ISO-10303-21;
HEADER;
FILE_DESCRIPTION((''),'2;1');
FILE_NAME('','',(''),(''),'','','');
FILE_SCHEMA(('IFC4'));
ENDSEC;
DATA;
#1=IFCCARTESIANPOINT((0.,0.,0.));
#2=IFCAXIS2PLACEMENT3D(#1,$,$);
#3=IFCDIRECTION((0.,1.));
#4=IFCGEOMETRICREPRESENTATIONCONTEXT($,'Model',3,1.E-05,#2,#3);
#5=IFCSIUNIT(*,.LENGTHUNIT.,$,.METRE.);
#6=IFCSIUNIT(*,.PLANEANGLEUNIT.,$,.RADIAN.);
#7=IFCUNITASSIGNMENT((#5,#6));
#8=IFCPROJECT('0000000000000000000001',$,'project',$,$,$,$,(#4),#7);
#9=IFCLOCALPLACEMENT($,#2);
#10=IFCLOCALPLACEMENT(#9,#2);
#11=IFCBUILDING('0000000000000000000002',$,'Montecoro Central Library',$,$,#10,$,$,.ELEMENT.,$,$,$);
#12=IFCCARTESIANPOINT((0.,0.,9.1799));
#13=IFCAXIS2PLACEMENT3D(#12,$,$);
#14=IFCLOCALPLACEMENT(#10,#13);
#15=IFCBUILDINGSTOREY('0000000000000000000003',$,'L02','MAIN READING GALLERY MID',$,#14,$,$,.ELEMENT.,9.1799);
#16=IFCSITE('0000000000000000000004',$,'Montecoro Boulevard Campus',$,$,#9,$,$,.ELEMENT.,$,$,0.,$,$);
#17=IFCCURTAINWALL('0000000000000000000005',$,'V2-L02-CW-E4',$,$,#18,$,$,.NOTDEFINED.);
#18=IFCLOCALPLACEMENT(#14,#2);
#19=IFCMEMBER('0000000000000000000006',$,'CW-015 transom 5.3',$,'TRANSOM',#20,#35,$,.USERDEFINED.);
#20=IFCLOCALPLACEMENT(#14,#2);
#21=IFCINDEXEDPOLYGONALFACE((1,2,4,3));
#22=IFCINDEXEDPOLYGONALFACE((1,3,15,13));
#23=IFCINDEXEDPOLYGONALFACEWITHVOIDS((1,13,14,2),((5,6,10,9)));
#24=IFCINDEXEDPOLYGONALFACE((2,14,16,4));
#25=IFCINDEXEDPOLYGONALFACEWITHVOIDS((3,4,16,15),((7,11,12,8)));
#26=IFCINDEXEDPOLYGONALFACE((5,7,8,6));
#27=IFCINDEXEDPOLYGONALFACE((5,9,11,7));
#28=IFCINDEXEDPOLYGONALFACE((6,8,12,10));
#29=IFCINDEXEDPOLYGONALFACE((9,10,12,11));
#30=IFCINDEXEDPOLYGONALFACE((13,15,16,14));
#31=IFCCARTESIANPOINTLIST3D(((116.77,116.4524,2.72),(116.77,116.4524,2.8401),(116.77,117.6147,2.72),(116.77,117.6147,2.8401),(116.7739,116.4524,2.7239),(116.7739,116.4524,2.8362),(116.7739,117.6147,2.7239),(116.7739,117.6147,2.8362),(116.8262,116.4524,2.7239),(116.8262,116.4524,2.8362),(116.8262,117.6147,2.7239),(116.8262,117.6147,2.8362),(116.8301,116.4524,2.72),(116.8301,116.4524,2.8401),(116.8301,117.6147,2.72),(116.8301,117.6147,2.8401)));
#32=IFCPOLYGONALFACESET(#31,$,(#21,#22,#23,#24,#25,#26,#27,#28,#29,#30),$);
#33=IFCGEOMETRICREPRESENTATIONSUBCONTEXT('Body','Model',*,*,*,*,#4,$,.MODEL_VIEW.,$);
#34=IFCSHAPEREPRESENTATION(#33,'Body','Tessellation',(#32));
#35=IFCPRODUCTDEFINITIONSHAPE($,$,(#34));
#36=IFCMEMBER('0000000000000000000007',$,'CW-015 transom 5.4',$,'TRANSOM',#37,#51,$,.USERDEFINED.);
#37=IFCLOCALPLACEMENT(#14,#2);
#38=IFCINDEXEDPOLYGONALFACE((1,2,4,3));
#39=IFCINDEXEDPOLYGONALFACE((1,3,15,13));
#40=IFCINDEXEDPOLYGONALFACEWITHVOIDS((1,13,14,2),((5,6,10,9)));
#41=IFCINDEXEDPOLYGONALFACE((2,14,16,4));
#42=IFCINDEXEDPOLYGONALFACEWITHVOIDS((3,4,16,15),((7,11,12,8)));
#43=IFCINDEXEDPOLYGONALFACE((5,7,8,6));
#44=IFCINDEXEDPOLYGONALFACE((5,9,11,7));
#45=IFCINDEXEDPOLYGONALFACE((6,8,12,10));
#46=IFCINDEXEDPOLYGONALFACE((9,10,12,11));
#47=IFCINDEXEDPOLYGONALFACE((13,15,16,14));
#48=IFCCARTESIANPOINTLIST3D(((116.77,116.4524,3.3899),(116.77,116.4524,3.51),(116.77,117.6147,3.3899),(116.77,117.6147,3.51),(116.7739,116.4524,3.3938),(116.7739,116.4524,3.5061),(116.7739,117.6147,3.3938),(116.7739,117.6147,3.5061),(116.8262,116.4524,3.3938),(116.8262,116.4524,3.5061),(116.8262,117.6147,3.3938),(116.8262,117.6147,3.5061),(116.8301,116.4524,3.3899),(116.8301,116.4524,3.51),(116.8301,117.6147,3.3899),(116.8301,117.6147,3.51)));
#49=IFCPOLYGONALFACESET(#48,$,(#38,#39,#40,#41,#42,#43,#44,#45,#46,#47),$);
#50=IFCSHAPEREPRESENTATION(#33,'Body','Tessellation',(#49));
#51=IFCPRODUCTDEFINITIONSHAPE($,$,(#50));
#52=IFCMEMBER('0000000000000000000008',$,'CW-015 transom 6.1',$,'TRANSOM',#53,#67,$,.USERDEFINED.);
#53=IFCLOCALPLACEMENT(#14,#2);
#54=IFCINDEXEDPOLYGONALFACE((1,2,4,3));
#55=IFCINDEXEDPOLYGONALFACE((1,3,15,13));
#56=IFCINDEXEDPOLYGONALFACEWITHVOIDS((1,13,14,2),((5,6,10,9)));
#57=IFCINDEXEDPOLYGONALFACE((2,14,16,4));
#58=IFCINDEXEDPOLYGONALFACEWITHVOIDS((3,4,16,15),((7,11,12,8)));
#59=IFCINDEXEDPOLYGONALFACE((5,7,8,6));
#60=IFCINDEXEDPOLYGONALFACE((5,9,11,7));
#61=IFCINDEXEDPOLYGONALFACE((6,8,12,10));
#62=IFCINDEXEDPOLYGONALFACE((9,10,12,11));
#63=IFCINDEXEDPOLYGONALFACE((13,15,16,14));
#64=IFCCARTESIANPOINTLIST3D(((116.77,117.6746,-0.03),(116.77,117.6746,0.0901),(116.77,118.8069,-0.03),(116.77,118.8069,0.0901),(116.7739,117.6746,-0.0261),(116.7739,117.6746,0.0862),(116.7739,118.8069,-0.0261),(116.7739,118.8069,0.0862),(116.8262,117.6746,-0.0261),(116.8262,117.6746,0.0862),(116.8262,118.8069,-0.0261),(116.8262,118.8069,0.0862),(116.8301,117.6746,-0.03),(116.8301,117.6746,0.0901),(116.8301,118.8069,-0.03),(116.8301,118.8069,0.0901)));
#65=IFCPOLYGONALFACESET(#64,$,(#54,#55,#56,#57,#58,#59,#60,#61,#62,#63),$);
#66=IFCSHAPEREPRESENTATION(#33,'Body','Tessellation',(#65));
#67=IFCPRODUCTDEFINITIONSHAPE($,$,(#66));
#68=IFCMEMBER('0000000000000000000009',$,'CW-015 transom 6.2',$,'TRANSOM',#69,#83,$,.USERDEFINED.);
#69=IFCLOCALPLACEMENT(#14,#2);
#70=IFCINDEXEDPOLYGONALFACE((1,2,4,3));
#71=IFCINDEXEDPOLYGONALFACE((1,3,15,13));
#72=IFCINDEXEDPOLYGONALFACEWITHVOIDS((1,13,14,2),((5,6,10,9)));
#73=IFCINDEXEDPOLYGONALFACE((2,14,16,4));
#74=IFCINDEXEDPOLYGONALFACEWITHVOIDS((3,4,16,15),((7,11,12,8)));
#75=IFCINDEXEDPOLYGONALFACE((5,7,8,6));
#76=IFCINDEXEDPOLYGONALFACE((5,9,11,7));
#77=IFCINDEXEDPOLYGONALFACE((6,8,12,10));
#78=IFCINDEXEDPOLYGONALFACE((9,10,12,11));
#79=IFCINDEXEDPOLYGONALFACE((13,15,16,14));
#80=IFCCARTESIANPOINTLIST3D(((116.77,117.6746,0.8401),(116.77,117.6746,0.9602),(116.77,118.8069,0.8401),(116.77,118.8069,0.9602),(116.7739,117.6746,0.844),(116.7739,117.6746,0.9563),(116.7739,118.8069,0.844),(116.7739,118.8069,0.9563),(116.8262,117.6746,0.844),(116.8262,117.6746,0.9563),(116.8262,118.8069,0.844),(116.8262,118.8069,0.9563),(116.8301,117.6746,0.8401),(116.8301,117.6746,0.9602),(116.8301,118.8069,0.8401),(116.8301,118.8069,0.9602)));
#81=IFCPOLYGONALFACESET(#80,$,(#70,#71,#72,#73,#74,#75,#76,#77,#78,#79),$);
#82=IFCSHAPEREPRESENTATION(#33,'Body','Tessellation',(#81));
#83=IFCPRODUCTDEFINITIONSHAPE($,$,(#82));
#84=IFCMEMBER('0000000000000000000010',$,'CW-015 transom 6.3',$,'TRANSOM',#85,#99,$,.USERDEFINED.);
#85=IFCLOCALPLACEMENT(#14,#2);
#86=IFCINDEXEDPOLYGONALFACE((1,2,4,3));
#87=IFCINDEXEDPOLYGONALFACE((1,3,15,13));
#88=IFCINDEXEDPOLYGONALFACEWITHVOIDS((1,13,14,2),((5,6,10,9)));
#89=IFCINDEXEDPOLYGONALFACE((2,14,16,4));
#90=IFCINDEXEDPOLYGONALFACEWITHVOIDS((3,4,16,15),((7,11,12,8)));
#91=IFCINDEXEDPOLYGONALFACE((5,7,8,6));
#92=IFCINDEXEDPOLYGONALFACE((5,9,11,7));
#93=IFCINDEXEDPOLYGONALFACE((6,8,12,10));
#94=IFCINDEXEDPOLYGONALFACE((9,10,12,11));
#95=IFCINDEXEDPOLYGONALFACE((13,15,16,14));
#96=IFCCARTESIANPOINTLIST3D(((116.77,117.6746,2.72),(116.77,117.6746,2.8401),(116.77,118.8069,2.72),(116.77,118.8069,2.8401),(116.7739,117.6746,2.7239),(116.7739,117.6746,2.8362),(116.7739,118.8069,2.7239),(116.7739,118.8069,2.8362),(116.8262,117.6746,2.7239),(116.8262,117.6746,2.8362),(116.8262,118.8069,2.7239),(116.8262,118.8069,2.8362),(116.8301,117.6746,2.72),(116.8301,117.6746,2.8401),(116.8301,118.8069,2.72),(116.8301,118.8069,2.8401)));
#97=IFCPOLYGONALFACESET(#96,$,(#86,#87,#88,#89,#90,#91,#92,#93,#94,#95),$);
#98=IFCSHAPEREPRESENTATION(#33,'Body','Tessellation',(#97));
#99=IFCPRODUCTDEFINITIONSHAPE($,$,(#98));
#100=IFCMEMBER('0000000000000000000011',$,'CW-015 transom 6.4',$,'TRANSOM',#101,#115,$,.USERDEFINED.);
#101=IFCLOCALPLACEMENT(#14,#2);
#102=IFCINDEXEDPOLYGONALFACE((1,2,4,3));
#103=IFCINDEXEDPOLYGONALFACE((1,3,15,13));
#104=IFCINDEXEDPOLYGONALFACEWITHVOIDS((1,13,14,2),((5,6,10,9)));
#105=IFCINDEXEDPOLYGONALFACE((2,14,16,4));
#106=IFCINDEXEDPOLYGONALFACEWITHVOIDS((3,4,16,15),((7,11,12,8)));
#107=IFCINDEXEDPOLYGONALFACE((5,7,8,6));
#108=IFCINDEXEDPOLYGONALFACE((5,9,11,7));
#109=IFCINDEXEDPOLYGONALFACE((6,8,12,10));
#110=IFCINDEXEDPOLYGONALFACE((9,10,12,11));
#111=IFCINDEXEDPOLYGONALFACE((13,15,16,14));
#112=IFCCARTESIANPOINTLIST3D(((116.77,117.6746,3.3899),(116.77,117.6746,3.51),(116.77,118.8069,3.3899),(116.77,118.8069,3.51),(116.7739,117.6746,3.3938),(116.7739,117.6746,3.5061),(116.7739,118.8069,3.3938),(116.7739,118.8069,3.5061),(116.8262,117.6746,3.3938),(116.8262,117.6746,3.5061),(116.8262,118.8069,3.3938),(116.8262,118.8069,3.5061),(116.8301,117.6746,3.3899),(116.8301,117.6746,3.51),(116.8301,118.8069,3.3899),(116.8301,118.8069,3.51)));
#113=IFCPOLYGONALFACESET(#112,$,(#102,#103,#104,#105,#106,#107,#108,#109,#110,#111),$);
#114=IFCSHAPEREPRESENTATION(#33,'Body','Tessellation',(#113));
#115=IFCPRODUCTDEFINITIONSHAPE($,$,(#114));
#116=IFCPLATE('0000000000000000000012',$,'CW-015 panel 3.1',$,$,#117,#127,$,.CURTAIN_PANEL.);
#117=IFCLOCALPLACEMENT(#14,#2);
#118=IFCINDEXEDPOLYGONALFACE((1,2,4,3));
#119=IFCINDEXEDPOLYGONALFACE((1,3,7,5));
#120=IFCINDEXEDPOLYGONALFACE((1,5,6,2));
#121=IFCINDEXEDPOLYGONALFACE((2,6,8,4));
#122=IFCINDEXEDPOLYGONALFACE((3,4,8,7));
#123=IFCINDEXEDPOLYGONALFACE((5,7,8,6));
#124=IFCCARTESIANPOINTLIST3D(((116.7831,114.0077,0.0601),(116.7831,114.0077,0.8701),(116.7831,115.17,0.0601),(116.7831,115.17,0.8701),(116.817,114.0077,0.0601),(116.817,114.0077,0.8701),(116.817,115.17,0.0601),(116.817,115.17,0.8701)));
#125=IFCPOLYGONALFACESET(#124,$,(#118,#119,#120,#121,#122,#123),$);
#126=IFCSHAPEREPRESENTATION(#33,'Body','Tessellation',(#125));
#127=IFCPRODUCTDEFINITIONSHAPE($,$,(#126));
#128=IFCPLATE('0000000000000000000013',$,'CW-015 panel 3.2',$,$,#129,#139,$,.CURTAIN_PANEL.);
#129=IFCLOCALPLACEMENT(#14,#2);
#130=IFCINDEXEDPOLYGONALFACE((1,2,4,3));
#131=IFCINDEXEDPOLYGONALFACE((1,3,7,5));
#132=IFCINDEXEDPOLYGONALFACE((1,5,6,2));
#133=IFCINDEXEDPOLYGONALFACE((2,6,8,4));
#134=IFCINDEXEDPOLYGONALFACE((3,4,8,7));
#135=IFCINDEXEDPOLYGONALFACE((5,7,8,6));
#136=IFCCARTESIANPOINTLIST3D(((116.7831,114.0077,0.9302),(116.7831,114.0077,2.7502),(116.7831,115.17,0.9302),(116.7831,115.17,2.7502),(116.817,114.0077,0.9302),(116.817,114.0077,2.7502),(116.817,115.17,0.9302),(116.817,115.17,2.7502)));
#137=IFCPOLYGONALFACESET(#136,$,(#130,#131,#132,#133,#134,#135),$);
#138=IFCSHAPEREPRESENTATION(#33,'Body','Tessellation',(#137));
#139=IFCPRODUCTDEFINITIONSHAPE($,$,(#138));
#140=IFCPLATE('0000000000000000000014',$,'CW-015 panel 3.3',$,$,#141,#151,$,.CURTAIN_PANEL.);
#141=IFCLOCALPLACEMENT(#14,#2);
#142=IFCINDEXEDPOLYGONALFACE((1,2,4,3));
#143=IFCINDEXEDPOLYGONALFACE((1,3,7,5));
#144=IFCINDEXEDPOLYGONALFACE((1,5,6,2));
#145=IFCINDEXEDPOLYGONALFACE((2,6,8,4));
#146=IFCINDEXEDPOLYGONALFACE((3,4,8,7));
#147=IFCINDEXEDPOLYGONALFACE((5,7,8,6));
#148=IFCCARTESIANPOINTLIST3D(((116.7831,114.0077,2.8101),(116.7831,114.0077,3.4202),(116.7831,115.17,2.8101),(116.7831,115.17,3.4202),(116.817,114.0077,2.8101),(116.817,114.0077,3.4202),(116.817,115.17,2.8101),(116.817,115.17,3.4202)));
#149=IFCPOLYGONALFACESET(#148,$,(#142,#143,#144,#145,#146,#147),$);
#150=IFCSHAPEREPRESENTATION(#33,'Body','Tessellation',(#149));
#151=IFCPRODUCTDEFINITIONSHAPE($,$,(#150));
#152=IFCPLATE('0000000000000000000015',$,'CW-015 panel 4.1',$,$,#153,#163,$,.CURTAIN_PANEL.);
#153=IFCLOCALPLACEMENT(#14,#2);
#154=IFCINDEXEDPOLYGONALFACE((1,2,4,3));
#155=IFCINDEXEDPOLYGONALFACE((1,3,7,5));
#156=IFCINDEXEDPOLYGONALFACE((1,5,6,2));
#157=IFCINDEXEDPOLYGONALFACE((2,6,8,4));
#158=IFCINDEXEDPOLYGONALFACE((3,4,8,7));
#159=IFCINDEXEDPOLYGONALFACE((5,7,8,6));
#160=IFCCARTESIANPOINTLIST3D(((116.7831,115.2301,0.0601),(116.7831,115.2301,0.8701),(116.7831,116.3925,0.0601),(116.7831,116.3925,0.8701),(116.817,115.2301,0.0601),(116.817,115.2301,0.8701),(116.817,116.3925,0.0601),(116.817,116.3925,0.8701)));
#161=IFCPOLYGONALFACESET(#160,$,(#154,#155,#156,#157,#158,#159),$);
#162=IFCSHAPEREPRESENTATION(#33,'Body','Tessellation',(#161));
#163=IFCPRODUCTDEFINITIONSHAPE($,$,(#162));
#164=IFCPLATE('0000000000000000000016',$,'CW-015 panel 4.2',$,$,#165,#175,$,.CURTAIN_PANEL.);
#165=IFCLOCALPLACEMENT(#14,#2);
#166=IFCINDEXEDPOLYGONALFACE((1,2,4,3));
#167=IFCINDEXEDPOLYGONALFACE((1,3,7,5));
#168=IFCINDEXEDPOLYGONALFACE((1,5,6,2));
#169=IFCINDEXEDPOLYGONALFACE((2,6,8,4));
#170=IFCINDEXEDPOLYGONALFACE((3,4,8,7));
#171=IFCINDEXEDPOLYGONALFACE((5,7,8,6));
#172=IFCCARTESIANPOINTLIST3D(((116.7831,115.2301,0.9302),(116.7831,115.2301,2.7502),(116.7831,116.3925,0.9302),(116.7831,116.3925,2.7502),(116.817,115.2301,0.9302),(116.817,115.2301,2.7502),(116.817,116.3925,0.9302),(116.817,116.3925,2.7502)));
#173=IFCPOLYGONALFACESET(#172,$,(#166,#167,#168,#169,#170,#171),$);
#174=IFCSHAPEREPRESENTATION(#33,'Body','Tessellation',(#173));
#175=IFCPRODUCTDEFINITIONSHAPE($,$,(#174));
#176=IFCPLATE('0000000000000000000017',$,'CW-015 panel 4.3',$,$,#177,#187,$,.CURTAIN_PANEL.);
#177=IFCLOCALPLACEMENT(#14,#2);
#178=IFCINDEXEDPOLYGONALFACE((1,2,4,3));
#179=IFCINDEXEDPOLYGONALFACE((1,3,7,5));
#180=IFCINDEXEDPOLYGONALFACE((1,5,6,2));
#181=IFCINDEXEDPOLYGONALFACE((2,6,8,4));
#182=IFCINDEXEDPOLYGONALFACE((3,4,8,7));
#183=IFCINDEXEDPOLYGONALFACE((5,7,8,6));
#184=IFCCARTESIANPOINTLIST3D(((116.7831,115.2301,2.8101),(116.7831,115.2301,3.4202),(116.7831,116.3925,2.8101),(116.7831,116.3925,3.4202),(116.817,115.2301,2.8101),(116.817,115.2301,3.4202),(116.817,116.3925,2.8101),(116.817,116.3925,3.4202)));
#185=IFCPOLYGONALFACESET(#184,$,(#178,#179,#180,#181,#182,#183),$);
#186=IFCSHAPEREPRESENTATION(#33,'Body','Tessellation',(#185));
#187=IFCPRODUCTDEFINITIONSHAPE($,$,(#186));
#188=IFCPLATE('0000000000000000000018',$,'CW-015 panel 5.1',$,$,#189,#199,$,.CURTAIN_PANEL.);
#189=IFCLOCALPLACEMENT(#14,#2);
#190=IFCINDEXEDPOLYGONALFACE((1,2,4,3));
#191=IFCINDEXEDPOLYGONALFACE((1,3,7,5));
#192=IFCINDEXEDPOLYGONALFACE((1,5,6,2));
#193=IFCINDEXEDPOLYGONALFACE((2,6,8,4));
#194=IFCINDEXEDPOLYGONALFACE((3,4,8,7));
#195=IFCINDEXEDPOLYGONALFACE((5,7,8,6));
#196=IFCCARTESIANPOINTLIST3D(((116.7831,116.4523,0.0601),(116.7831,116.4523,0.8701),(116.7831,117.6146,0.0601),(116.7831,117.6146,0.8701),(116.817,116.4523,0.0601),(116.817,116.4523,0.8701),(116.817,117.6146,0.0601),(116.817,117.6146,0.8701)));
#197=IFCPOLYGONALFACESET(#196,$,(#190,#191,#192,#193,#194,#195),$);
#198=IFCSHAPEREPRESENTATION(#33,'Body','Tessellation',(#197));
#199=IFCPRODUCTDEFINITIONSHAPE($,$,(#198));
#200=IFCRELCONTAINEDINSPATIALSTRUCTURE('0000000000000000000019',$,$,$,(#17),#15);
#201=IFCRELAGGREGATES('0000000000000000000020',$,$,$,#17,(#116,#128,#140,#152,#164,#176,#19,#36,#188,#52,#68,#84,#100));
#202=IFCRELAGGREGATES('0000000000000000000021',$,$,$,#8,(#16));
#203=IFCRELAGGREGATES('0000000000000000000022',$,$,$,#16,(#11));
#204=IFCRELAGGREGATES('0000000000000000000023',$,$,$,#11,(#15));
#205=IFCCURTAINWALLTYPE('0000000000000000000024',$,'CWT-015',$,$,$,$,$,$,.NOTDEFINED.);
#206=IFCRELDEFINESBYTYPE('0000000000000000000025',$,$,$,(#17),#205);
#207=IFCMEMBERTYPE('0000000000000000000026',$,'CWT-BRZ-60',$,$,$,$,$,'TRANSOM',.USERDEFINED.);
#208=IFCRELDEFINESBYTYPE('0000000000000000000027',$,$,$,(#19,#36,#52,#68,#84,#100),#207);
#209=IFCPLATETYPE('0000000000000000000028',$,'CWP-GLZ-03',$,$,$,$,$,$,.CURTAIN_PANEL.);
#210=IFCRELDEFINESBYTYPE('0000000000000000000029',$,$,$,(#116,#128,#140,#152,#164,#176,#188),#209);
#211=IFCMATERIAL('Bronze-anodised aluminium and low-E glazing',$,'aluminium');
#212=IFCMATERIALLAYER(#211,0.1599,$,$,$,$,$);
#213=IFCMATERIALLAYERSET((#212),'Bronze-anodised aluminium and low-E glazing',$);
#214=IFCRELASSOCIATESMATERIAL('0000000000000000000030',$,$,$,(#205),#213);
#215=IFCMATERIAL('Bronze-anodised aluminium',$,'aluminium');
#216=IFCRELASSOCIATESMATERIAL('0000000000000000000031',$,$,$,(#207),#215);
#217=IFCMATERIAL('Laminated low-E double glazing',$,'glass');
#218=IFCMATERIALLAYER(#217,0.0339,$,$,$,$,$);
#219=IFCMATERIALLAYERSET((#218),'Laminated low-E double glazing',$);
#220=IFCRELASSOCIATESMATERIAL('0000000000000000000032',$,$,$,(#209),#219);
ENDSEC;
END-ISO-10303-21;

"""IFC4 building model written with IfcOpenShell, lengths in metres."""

from ifc_helpers import new_model, si_unit, direction, frame, origin, origin_2d, place, context, subcontext, project, spatial, rectangle, hollow_rectangle, extrude, material, layer, layer_set, material_profile, profile_set, type_object, element, aggregate, save


model = new_model("IFC4")

# Units and contexts
model_context = context("Model", 3, precision=1e-05, world=origin(), true_north=direction((0.0, 1.0)))
body_context = subcontext(model_context, "Body", "Model", "MODEL_VIEW")
ifc_project = project(units=[si_unit("LENGTHUNIT", "METRE"), si_unit("PLANEANGLEUNIT", "RADIAN")], contexts=[model_context])

# Site, building, storey
site_placement = place(None, origin())
site = spatial("IfcSite", under=ifc_project, at=site_placement, Name="Montecoro Boulevard Campus", CompositionType="ELEMENT", RefElevation=0.0)
building_placement = place(site_placement, origin())
building = spatial("IfcBuilding", under=site, at=building_placement, Name="Montecoro Central Library", CompositionType="ELEMENT")
storey_placement = place(building_placement, frame((0.0, 0.0, 9.1799)))
storey = spatial("IfcBuildingStorey", under=building, at=storey_placement, Name="L02", Description="MAIN READING GALLERY MID", CompositionType="ELEMENT", Elevation=9.1799)

# Curtain wall, members, plates
ifc_material_1 = material(Name="Bronze-anodised aluminium and low-E glazing", Category="aluminium")
ifc_layer_1 = layer(ifc_material_1, 0.1599)
ifc_layer_set_1 = layer_set([ifc_layer_1], Name="Bronze-anodised aluminium and low-E glazing")
curtain_wall_type = type_object("IfcCurtainWallType", Name="CWT-015", PredefinedType="NOTDEFINED", material=ifc_layer_set_1)
curtain_wall_placement = place(storey_placement, origin())
curtain_wall = element("IfcCurtainWall", 1, at=curtain_wall_placement, inside=storey, type_object=curtain_wall_type, Name="V2-L02-CW-E4", PredefinedType="NOTDEFINED")
ifc_material_2 = material(Name="Bronze-anodised aluminium", Category="aluminium")
ifc_material_profile_1 = material_profile(ifc_material_2, hollow_rectangle(XDim=0.0601, YDim=0.1201, WallThickness=0.0039, at=origin_2d()), Name="CWT 120x60x4.0")
ifc_profile_set_1 = profile_set([ifc_material_profile_1], Name="Bronze-anodised aluminium")
member_type_1 = type_object("IfcMemberType", Name="CWT-BRZ-60", ElementType="TRANSOM", PredefinedType="USERDEFINED", material=ifc_profile_set_1)
member_1_placement = place(storey_placement, frame((116.8, 116.4524, 2.78), z_axis=(0.0, 1.0, 0.0), x_axis=(-1.0, 0.0, 0.0)))
member_1 = element("IfcMember", 2, at=member_1_placement, type_object=member_type_1, Name="CW-015 transom 5.3", ObjectType="TRANSOM", PredefinedType="USERDEFINED", context=body_context, shape_type="SweptSolid", body=[
    extrude(hollow_rectangle(XDim=0.0601, YDim=0.1201, WallThickness=0.0039, at=origin_2d()), origin(), (0.0, 0.0, 1.0), 1.1624),
])
member_2_placement = place(storey_placement, frame((116.8, 116.4524, 3.45), z_axis=(0.0, 1.0, 0.0), x_axis=(-1.0, 0.0, 0.0)))
member_2 = element("IfcMember", 3, at=member_2_placement, type_object=member_type_1, Name="CW-015 transom 5.4", ObjectType="TRANSOM", PredefinedType="USERDEFINED", context=body_context, shape_type="SweptSolid", body=[
    extrude(hollow_rectangle(XDim=0.0601, YDim=0.1201, WallThickness=0.0039, at=origin_2d()), origin(), (0.0, 0.0, 1.0), 1.1624),
])
member_3_placement = place(storey_placement, frame((116.8, 117.6746, 0.03), z_axis=(0.0, 1.0, 0.0), x_axis=(-1.0, 0.0, 0.0)))
member_3 = element("IfcMember", 4, at=member_3_placement, type_object=member_type_1, Name="CW-015 transom 6.1", ObjectType="TRANSOM", PredefinedType="USERDEFINED", context=body_context, shape_type="SweptSolid", body=[
    extrude(hollow_rectangle(XDim=0.0601, YDim=0.1201, WallThickness=0.0039, at=origin_2d()), origin(), (0.0, 0.0, 1.0), 1.1323),
])
member_4_placement = place(storey_placement, frame((116.8, 117.6746, 0.9001), z_axis=(0.0, 1.0, 0.0), x_axis=(-1.0, 0.0, 0.0)))
member_4 = element("IfcMember", 5, at=member_4_placement, type_object=member_type_1, Name="CW-015 transom 6.2", ObjectType="TRANSOM", PredefinedType="USERDEFINED", context=body_context, shape_type="SweptSolid", body=[
    extrude(hollow_rectangle(XDim=0.0601, YDim=0.1201, WallThickness=0.0039, at=origin_2d()), origin(), (0.0, 0.0, 1.0), 1.1323),
])
member_5_placement = place(storey_placement, frame((116.8, 117.6746, 2.78), z_axis=(0.0, 1.0, 0.0), x_axis=(-1.0, 0.0, 0.0)))
member_5 = element("IfcMember", 6, at=member_5_placement, type_object=member_type_1, Name="CW-015 transom 6.3", ObjectType="TRANSOM", PredefinedType="USERDEFINED", context=body_context, shape_type="SweptSolid", body=[
    extrude(hollow_rectangle(XDim=0.0601, YDim=0.1201, WallThickness=0.0039, at=origin_2d()), origin(), (0.0, 0.0, 1.0), 1.1323),
])
member_6_placement = place(storey_placement, frame((116.8, 117.6746, 3.45), z_axis=(0.0, 1.0, 0.0), x_axis=(-1.0, 0.0, 0.0)))
member_6 = element("IfcMember", 7, at=member_6_placement, type_object=member_type_1, Name="CW-015 transom 6.4", ObjectType="TRANSOM", PredefinedType="USERDEFINED", context=body_context, shape_type="SweptSolid", body=[
    extrude(hollow_rectangle(XDim=0.0601, YDim=0.1201, WallThickness=0.0039, at=origin_2d()), origin(), (0.0, 0.0, 1.0), 1.1323),
])
ifc_material_3 = material(Name="Laminated low-E double glazing", Category="glass")
ifc_layer_2 = layer(ifc_material_3, 0.0339)
ifc_layer_set_2 = layer_set([ifc_layer_2], Name="Laminated low-E double glazing")
plate_type = type_object("IfcPlateType", Name="CWP-GLZ-03", PredefinedType="CURTAIN_PANEL", material=ifc_layer_set_2)
plate_1_placement = place(storey_placement, frame((116.8, 114.5889, 0.0601), z_axis=(0.0, 0.0, 1.0), x_axis=(0.0, 1.0, 0.0)))
plate_1 = element("IfcPlate", 8, at=plate_1_placement, type_object=plate_type, Name="CW-015 panel 3.1", PredefinedType="CURTAIN_PANEL", context=body_context, shape_type="SweptSolid", body=[
    extrude(rectangle(XDim=1.1624, YDim=0.0339, at=origin_2d()), origin(), (0.0, 0.0, 1.0), 0.8101),
])
plate_2_placement = place(storey_placement, frame((116.8, 114.5889, 0.9302), z_axis=(0.0, 0.0, 1.0), x_axis=(0.0, 1.0, 0.0)))
plate_2 = element("IfcPlate", 9, at=plate_2_placement, type_object=plate_type, Name="CW-015 panel 3.2", PredefinedType="CURTAIN_PANEL", context=body_context, shape_type="SweptSolid", body=[
    extrude(rectangle(XDim=1.1624, YDim=0.0339, at=origin_2d()), origin(), (0.0, 0.0, 1.0), 1.8201),
])
plate_3_placement = place(storey_placement, frame((116.8, 114.5889, 2.8101), z_axis=(0.0, 0.0, 1.0), x_axis=(0.0, 1.0, 0.0)))
plate_3 = element("IfcPlate", 10, at=plate_3_placement, type_object=plate_type, Name="CW-015 panel 3.3", PredefinedType="CURTAIN_PANEL", context=body_context, shape_type="SweptSolid", body=[
    extrude(rectangle(XDim=1.1624, YDim=0.0339, at=origin_2d()), origin(), (0.0, 0.0, 1.0), 0.6101),
])
plate_4_placement = place(storey_placement, frame((116.8, 115.8113, 0.0601), z_axis=(0.0, 0.0, 1.0), x_axis=(0.0, 1.0, 0.0)))
plate_4 = element("IfcPlate", 11, at=plate_4_placement, type_object=plate_type, Name="CW-015 panel 4.1", PredefinedType="CURTAIN_PANEL", context=body_context, shape_type="SweptSolid", body=[
    extrude(rectangle(XDim=1.1624, YDim=0.0339, at=origin_2d()), origin(), (0.0, 0.0, 1.0), 0.8101),
])
plate_5_placement = place(storey_placement, frame((116.8, 115.8113, 0.9302), z_axis=(0.0, 0.0, 1.0), x_axis=(0.0, 1.0, 0.0)))
plate_5 = element("IfcPlate", 12, at=plate_5_placement, type_object=plate_type, Name="CW-015 panel 4.2", PredefinedType="CURTAIN_PANEL", context=body_context, shape_type="SweptSolid", body=[
    extrude(rectangle(XDim=1.1624, YDim=0.0339, at=origin_2d()), origin(), (0.0, 0.0, 1.0), 1.8201),
])
plate_6_placement = place(storey_placement, frame((116.8, 115.8113, 2.8101), z_axis=(0.0, 0.0, 1.0), x_axis=(0.0, 1.0, 0.0)))
plate_6 = element("IfcPlate", 13, at=plate_6_placement, type_object=plate_type, Name="CW-015 panel 4.3", PredefinedType="CURTAIN_PANEL", context=body_context, shape_type="SweptSolid", body=[
    extrude(rectangle(XDim=1.1624, YDim=0.0339, at=origin_2d()), origin(), (0.0, 0.0, 1.0), 0.6101),
])
plate_7_placement = place(storey_placement, frame((116.8, 117.0334, 0.0601), z_axis=(0.0, 0.0, 1.0), x_axis=(0.0, 1.0, 0.0)))
plate_7 = element("IfcPlate", 14, at=plate_7_placement, type_object=plate_type, Name="CW-015 panel 5.1", PredefinedType="CURTAIN_PANEL", context=body_context, shape_type="SweptSolid", body=[
    extrude(rectangle(XDim=1.1624, YDim=0.0339, at=origin_2d()), origin(), (0.0, 0.0, 1.0), 0.8101),
])
aggregate(curtain_wall, [plate_1, plate_2, plate_3, plate_4, plate_5, plate_6, member_1, member_2, plate_7, member_3, member_4, member_5, member_6])

save(model, "model.ifc")
